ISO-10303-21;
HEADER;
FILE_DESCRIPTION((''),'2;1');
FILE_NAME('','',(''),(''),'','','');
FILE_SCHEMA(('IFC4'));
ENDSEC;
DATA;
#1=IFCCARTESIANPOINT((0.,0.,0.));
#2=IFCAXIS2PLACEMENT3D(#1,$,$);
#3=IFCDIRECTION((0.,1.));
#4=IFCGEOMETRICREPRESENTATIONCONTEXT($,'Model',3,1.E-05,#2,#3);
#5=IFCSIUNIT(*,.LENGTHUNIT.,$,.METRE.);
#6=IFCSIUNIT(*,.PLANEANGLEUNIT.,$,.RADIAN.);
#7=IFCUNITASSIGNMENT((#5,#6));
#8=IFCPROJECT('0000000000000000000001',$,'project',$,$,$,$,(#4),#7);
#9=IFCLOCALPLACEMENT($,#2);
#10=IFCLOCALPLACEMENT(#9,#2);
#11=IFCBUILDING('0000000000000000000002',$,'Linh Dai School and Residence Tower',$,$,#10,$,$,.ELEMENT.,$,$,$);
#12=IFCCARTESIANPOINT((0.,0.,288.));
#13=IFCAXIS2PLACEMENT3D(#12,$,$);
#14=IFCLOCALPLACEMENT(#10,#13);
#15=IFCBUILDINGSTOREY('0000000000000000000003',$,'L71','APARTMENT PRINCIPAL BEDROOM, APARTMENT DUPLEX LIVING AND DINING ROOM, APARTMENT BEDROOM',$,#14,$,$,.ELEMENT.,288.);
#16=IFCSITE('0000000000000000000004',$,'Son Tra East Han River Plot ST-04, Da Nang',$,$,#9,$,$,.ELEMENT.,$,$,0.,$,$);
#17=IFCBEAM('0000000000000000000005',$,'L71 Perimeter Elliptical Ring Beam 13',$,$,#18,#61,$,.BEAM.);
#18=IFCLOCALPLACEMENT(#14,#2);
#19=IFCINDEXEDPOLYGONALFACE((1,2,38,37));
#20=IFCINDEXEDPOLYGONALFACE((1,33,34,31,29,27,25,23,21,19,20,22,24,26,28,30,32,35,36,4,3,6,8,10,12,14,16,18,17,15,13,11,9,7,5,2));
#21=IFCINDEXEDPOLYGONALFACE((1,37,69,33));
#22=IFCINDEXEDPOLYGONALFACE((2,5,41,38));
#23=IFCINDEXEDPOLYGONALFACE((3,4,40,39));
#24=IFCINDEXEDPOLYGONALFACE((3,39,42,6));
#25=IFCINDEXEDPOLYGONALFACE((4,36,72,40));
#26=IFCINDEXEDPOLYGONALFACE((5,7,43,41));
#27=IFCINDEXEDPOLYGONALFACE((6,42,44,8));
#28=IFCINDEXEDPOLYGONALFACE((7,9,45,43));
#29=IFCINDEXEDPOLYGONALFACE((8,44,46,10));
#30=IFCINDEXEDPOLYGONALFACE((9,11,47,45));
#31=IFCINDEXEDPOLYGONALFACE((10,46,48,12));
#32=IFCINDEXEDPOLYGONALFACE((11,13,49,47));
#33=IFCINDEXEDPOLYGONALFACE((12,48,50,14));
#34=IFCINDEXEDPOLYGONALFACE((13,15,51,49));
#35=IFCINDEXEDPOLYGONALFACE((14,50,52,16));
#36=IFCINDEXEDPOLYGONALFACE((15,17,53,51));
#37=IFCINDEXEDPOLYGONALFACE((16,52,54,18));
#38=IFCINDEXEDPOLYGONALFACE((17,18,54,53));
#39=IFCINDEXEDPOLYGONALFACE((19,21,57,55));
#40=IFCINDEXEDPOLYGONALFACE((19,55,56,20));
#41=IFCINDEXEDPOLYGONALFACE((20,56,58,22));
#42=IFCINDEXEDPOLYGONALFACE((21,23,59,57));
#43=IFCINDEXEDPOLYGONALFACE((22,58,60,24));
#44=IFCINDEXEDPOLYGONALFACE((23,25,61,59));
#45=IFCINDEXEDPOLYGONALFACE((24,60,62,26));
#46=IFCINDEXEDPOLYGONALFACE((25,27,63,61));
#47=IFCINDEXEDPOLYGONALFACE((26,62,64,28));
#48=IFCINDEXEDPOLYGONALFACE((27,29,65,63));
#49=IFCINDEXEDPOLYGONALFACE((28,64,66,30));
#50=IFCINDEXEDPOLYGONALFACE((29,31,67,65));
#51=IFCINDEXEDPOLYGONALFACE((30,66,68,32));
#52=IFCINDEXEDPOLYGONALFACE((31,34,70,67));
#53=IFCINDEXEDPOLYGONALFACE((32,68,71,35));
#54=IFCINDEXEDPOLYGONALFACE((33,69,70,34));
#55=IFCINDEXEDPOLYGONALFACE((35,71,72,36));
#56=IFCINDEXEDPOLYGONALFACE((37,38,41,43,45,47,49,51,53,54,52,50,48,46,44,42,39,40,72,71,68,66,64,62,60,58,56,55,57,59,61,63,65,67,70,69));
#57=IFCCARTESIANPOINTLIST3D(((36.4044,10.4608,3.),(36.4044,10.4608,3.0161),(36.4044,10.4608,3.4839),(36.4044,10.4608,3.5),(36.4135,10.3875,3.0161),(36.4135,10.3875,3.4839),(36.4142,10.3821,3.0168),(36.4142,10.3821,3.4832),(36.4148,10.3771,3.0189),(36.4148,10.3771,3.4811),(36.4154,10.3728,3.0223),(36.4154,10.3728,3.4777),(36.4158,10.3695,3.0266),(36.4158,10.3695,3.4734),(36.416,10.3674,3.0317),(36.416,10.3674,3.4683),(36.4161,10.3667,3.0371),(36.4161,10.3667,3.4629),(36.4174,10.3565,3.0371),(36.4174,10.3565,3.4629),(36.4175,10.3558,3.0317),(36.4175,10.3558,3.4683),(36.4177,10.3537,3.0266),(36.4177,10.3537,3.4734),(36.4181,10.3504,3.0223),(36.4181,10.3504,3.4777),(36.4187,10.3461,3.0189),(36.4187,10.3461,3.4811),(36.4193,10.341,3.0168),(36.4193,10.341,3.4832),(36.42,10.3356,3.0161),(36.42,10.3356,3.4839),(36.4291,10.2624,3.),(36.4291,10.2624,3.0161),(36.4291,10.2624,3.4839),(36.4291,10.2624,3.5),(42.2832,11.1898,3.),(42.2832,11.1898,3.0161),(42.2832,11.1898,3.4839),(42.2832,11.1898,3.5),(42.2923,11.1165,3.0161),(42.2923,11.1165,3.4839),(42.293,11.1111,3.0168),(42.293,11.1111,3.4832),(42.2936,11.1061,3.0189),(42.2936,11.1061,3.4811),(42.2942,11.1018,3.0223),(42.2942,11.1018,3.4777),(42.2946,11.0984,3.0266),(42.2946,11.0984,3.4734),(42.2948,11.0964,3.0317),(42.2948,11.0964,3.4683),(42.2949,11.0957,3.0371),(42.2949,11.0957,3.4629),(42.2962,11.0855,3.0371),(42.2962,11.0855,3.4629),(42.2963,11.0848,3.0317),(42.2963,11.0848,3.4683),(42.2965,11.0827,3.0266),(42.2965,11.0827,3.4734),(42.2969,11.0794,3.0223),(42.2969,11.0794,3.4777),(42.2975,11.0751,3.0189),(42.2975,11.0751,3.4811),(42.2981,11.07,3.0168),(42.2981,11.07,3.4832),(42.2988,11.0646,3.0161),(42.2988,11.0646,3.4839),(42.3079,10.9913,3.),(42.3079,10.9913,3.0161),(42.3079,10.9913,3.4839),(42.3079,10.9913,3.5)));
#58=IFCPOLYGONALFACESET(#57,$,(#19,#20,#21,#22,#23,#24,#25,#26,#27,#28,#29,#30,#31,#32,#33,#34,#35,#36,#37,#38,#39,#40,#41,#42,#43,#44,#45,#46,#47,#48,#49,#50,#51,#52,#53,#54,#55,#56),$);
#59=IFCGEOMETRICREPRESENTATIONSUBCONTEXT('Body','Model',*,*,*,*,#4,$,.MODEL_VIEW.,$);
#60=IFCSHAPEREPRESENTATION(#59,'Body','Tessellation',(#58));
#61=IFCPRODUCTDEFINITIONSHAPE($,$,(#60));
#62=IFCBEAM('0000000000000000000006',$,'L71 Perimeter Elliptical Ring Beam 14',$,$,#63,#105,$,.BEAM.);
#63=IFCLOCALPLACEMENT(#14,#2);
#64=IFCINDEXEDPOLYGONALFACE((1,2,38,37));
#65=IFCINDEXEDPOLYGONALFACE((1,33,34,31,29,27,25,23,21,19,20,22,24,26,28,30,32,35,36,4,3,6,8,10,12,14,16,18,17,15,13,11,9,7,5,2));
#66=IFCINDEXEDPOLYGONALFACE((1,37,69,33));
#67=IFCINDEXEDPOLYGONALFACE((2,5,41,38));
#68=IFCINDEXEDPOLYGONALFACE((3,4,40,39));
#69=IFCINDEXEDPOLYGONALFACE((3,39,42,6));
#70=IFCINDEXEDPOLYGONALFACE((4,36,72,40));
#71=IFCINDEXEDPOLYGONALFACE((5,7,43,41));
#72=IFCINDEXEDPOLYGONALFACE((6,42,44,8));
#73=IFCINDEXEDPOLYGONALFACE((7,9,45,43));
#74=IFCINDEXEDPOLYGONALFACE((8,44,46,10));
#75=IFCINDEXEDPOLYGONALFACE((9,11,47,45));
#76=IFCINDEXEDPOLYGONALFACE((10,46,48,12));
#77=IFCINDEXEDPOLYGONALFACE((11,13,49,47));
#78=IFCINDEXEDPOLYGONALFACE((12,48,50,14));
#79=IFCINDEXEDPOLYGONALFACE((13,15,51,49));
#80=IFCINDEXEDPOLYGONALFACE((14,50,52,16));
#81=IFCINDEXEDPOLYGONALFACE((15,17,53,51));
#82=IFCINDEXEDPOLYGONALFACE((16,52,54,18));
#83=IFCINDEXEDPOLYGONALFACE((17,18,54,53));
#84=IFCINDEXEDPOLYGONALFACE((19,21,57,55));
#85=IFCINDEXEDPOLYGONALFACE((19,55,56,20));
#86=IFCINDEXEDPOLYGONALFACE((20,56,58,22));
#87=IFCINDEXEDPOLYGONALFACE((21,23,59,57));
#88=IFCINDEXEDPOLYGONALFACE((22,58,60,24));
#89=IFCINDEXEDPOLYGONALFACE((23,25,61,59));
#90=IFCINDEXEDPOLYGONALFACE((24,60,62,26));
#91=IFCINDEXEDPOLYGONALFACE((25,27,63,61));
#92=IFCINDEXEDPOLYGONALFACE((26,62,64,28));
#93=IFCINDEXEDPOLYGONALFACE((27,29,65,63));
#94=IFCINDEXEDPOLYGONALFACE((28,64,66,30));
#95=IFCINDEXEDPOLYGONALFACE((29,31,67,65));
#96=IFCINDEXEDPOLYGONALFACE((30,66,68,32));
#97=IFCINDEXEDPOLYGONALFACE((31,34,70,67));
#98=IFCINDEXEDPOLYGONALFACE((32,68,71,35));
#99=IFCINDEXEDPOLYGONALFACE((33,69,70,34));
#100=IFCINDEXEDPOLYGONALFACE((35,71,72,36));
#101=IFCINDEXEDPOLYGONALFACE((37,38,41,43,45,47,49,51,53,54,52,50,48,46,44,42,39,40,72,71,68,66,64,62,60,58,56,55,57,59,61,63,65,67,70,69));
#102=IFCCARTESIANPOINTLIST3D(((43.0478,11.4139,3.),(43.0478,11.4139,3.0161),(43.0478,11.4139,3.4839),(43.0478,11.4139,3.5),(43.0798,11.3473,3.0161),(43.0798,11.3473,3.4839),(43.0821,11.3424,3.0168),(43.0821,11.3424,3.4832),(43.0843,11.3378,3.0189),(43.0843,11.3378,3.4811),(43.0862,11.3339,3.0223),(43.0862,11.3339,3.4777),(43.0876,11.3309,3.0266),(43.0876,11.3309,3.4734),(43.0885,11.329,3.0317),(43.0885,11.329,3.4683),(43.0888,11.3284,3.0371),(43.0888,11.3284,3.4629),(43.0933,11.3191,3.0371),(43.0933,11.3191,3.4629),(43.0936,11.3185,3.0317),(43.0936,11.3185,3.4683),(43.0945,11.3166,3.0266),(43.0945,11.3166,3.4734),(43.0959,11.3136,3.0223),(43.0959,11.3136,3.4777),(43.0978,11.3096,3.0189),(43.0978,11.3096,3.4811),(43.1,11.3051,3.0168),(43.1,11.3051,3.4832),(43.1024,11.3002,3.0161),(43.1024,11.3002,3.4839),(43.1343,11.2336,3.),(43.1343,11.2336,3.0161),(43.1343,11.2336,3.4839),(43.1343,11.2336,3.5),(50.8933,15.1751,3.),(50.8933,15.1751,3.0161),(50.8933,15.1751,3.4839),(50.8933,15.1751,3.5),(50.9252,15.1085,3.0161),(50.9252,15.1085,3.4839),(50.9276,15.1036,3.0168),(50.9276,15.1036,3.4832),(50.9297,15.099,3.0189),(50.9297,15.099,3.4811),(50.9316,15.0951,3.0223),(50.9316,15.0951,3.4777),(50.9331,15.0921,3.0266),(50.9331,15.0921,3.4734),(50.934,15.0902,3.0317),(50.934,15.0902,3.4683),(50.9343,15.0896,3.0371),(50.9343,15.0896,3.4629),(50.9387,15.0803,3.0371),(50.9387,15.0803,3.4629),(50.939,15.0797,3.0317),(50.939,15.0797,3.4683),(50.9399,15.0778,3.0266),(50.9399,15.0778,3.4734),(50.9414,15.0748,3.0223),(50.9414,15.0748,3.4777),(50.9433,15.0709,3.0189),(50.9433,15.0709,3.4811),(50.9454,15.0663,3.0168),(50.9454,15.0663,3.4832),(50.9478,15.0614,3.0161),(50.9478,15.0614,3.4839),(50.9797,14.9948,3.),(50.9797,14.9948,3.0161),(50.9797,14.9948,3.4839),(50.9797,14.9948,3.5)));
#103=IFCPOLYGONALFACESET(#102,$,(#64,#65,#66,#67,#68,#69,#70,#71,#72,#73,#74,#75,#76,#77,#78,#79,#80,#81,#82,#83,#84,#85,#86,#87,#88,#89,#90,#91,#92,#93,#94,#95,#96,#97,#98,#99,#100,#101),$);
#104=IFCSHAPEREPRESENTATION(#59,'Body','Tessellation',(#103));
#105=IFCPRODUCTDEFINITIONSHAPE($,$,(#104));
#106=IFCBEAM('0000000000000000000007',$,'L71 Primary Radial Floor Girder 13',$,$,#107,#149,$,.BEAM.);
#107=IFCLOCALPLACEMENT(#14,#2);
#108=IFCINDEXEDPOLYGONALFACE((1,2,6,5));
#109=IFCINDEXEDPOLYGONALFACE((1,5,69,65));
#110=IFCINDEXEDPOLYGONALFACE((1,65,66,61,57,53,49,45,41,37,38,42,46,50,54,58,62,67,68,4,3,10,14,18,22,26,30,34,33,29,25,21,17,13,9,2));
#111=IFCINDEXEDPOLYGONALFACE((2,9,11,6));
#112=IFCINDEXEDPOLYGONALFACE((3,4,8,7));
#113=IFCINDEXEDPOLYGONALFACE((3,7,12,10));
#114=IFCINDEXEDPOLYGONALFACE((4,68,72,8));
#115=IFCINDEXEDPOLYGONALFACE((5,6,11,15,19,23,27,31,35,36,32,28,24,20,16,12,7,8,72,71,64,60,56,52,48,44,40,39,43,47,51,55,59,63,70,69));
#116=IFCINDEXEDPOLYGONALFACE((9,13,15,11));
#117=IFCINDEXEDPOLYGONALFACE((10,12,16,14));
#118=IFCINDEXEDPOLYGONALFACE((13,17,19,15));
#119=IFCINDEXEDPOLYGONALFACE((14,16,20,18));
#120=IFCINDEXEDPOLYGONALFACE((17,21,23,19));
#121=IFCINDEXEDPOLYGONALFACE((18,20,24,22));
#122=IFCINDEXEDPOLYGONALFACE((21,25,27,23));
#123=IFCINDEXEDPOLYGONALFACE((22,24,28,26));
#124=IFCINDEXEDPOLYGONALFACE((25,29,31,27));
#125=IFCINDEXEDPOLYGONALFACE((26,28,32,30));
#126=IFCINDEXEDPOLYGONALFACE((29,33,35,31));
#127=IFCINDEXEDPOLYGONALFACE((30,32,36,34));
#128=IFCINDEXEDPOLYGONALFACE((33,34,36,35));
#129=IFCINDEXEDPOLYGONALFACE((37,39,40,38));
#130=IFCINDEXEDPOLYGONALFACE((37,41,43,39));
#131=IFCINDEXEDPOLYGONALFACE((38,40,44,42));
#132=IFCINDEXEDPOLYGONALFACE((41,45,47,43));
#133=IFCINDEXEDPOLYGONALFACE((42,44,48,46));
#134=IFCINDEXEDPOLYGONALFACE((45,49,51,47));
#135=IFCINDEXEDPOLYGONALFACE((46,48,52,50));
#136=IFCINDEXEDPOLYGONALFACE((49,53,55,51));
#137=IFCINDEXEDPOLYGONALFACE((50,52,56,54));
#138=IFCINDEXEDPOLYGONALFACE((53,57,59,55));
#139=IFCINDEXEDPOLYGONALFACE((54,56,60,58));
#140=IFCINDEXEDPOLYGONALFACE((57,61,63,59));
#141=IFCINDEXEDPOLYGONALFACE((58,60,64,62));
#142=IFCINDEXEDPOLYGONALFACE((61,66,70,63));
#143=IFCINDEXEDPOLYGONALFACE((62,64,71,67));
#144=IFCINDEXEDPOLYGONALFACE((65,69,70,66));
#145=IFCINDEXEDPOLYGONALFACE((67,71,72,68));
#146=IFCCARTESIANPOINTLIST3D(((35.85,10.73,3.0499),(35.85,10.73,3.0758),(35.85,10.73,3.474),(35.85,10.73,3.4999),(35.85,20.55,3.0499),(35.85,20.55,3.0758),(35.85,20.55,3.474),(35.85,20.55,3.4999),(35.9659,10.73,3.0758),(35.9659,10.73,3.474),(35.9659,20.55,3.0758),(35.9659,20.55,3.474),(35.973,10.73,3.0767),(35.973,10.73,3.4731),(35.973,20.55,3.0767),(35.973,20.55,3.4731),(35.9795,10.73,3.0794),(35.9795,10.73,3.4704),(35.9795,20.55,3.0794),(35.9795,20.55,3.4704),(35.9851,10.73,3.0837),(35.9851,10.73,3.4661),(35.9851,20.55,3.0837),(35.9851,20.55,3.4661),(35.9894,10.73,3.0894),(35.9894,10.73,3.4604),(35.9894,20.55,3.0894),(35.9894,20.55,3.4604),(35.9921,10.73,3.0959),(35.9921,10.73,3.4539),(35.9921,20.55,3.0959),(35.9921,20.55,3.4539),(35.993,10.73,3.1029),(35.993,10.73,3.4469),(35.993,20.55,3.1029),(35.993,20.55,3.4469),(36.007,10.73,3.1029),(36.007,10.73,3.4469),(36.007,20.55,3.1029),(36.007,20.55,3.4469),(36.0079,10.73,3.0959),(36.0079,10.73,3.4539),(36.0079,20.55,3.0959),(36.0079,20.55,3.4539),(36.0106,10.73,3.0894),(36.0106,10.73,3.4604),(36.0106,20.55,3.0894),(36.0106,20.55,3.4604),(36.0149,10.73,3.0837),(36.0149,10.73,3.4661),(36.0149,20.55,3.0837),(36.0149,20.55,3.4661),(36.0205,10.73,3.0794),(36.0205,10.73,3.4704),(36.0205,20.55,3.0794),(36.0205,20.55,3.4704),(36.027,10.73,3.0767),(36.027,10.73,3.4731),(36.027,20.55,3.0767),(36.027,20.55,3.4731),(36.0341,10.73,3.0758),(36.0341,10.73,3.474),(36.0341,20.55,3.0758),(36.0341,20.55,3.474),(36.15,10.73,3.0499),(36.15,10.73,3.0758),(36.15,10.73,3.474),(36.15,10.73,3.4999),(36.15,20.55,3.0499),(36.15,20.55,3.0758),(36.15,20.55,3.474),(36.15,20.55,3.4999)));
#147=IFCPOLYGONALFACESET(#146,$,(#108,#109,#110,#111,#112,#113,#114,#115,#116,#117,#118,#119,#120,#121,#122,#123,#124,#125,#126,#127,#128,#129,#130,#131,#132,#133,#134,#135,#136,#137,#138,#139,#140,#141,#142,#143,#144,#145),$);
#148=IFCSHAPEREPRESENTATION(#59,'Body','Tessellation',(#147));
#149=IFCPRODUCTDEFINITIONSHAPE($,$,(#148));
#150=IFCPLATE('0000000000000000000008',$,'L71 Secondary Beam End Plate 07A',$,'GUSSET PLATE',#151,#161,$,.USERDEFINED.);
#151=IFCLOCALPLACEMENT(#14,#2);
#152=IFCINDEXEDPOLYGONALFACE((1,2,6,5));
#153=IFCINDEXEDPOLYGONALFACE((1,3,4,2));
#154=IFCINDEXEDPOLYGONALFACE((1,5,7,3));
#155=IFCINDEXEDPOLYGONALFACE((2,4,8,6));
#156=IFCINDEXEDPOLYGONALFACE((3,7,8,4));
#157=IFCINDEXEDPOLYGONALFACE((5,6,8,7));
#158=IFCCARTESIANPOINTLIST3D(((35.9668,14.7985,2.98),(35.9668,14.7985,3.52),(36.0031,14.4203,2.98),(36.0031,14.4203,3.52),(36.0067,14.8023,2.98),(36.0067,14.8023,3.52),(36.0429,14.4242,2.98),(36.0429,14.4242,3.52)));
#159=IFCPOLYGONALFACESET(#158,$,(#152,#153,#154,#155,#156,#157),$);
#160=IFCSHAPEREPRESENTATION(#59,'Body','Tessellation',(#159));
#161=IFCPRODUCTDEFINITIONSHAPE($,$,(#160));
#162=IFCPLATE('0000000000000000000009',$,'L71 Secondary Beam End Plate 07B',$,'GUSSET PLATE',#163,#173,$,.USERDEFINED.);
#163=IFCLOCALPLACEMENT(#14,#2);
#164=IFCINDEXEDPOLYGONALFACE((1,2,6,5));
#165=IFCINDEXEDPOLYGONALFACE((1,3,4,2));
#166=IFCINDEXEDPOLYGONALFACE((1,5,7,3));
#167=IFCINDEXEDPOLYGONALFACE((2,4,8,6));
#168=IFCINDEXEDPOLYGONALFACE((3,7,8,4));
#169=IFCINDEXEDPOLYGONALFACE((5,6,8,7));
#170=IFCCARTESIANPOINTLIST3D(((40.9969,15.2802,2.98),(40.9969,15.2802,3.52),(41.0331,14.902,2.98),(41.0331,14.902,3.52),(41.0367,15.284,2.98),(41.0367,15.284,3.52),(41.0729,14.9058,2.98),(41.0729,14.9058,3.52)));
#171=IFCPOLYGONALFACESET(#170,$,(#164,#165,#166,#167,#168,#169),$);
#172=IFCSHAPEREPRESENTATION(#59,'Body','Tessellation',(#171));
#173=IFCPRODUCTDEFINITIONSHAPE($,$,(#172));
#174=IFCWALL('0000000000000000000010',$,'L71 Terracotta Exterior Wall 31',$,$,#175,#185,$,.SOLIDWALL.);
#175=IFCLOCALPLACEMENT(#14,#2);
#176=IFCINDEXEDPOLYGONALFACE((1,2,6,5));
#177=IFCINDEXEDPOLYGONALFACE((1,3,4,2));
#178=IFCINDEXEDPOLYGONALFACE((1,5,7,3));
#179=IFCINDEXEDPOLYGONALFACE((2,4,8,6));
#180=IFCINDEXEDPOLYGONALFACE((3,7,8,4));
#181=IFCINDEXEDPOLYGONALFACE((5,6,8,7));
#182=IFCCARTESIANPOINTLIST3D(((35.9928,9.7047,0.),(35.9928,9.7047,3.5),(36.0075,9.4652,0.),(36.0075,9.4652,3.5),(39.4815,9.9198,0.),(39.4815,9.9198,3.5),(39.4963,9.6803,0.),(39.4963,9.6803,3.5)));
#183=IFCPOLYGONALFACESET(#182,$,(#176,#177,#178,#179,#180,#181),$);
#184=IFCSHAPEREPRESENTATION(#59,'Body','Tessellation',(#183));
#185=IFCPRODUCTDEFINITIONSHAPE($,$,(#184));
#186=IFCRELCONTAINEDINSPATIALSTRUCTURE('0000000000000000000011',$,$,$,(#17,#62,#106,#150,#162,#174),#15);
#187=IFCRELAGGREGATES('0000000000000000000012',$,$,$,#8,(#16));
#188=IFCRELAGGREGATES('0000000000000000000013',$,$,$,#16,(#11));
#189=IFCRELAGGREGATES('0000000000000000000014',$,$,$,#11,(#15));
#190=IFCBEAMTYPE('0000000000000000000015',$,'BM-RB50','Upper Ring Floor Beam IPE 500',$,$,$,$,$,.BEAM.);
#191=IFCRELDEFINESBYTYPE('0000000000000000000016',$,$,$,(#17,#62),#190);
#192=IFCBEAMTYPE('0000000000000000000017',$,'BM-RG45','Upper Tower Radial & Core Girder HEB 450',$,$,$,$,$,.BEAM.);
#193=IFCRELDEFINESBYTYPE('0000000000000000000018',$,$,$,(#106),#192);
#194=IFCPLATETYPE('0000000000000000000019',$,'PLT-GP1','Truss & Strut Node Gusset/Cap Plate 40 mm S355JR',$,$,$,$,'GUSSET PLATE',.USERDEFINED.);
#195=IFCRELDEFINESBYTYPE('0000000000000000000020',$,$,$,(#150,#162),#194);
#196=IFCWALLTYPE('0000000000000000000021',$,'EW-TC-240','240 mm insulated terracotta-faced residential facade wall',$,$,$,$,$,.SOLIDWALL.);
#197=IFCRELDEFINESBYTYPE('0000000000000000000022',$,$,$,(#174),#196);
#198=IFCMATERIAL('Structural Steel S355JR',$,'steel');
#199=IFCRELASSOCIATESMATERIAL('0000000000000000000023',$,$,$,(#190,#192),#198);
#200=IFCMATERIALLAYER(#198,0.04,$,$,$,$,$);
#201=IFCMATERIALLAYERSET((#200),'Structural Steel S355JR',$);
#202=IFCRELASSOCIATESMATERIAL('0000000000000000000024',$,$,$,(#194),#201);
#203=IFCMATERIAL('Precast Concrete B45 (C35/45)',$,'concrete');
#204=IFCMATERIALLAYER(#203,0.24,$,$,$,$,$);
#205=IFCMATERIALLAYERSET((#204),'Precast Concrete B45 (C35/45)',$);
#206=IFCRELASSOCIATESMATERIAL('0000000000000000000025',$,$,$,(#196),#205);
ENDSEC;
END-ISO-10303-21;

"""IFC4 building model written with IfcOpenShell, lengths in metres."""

from ifc_helpers import new_model, si_unit, direction, frame, frame_2d, origin, origin_2d, place, context, subcontext, project, spatial, rectangle, i_section, extrude, source, transform, mapped, material, layer, layer_set, material_profile, profile_set, type_object, element, save


model = new_model("IFC4")

# Units and contexts
model_context = context("Model", 3, precision=1e-05, world=origin(), true_north=direction((0.0, 1.0)))
body_context = subcontext(model_context, "Body", "Model", "MODEL_VIEW")
ifc_project = project(units=[si_unit("LENGTHUNIT", "METRE"), si_unit("PLANEANGLEUNIT", "RADIAN")], contexts=[model_context])

# Site, building, storey
site_placement = place(None, origin())
site = spatial("IfcSite", under=ifc_project, at=site_placement, Name="Son Tra East Han River Plot ST-04, Da Nang", CompositionType="ELEMENT", RefElevation=0.0)
building_placement = place(site_placement, origin())
building = spatial("IfcBuilding", under=site, at=building_placement, Name="Linh Dai School and Residence Tower", CompositionType="ELEMENT")
storey_placement = place(building_placement, frame((0.0, 0.0, 288.0)))
storey = spatial("IfcBuildingStorey", under=building, at=storey_placement, Name="L71", Description="APARTMENT PRINCIPAL BEDROOM, APARTMENT DUPLEX LIVING AND DINING ROOM, APARTMENT BEDROOM", CompositionType="ELEMENT", Elevation=288.0)

# Shared definitions
ifc_material_1 = material(Name="Structural Steel S355JR", Category="steel")

# Beams
ifc_material_profile_1 = material_profile(ifc_material_1, i_section(OverallWidth=0.2, OverallDepth=0.5, WebThickness=0.0103, FlangeThickness=0.0161, FilletRadius=0.021, at=origin_2d()), Name="IPE 500")
ifc_profile_set_1 = profile_set([ifc_material_profile_1], Name="Structural Steel S355JR")
beam_type_1 = type_object("IfcBeamType", Name="BM-RB50", Description="Upper Ring Floor Beam IPE 500", PredefinedType="BEAM", material=ifc_profile_set_1)
beam_1_placement = place(storey_placement, frame((36.4167, 10.3616, 3.25), z_axis=(0.992399, 0.123061, 0.0), x_axis=(-0.123061, 0.992399, 0.0)))
element("IfcBeam", 1, at=beam_1_placement, inside=storey, type_object=beam_type_1, Name="L71 Perimeter Elliptical Ring Beam 13", PredefinedType="BEAM", context=body_context, shape_type="SweptSolid", body=[
    extrude(i_section(OverallWidth=0.2, OverallDepth=0.5, WebThickness=0.0103, FlangeThickness=0.0161, FilletRadius=0.021, at=origin_2d()), origin(), (0.0, 0.0, 1.0), 5.9238),
])
beam_2_placement = place(storey_placement, frame((43.0911, 11.3237, 3.25), z_axis=(0.901729, 0.432302, 0.0), x_axis=(-0.432302, 0.901729, 0.0)))
element("IfcBeam", 2, at=beam_2_placement, inside=storey, type_object=beam_type_1, Name="L71 Perimeter Elliptical Ring Beam 14", PredefinedType="BEAM", context=body_context, shape_type="SweptSolid", body=[
    extrude(i_section(OverallWidth=0.2, OverallDepth=0.5, WebThickness=0.0103, FlangeThickness=0.0161, FilletRadius=0.021, at=origin_2d()), origin(), (0.0, 0.0, 1.0), 8.7004),
])
ifc_material_profile_2 = material_profile(ifc_material_1, i_section(OverallWidth=0.3, OverallDepth=0.45, WebThickness=0.0139, FlangeThickness=0.0259, FilletRadius=0.0271, at=origin_2d()), Name="HEB 450")
ifc_profile_set_2 = profile_set([ifc_material_profile_2], Name="Structural Steel S355JR")
beam_type_2 = type_object("IfcBeamType", Name="BM-RG45", Description="Upper Tower Radial & Core Girder HEB 450", PredefinedType="BEAM", material=ifc_profile_set_2)
beam_3_placement = place(storey_placement, frame((36.0, 20.55, 3.2749), z_axis=(0.0, -1.0, 0.0), x_axis=(1.0, 0.0, 0.0)))
element("IfcBeam", 3, at=beam_3_placement, inside=storey, type_object=beam_type_2, Name="L71 Primary Radial Floor Girder 13", PredefinedType="BEAM", context=body_context, shape_type="SweptSolid", body=[
    extrude(i_section(OverallWidth=0.3, OverallDepth=0.45, WebThickness=0.0139, FlangeThickness=0.0259, FilletRadius=0.0271, at=origin_2d()), origin(), (0.0, 0.0, 1.0), 9.8201),
])

# Plates
ifc_layer_1 = layer(ifc_material_1, 0.04)
ifc_layer_set_1 = layer_set([ifc_layer_1], Name="Structural Steel S355JR")
plate_type = type_object("IfcPlateType", Name="PLT-GP1", Description="Truss & Strut Node Gusset/Cap Plate 40 mm S355JR", ElementType="GUSSET PLATE", PredefinedType="USERDEFINED", material=ifc_layer_set_1)
shared_shape_1 = source(origin(), body_context, "Body", "SweptSolid", [
    extrude(rectangle(XDim=0.04, YDim=0.3799, at=origin_2d()), origin(), (0.0, 0.0, 1.0), 0.54),
])
for number, where, z_axis, x_axis, name in (
    (4, (36.0049, 14.6113, 2.98), (0.0, 0.0, 1.0), (0.995445, 0.095338, 0.0), "L71 Secondary Beam End Plate 07A"),
    (5, (41.0349, 15.093, 2.98), (0.0, 0.0, 1.0), (0.995445, 0.095338, 0.0), "L71 Secondary Beam End Plate 07B"),
):
    element("IfcPlate", number, at=place(storey_placement, frame(where, z_axis=z_axis, x_axis=x_axis)), inside=storey, type_object=plate_type, Name=name, ObjectType="GUSSET PLATE", PredefinedType="USERDEFINED", context=body_context, shape_type="MappedRepresentation", body=[
        mapped(shared_shape_1, transform((0.0, 0.0, 0.0), x_axis=(1.0, 0.0, 0.0), y_axis=(0.0, 1.0, 0.0), z_axis=(0.0, 0.0, 1.0), scale=1.0)),
    ])

# Shared definitions
ifc_material_2 = material(Name="Precast Concrete B45 (C35/45)", Category="concrete")
ifc_layer_2 = layer(ifc_material_2, 0.24)
ifc_layer_set_2 = layer_set([ifc_layer_2], Name="Precast Concrete B45 (C35/45)")
wall_type_1 = type_object("IfcWallType", Name="EW-TC-240", Description="240 mm insulated terracotta-faced residential facade wall", PredefinedType="SOLIDWALL", material=ifc_layer_set_2)

# Wall
wall_1_placement = place(storey_placement, frame((39.4888, 9.8, 0.0), z_axis=(0.0, 0.0, 1.0), x_axis=(-0.998105, -0.061535, 0.0)))
element("IfcWall", 6, at=wall_1_placement, inside=storey, type_object=wall_type_1, Name="L71 Terracotta Exterior Wall 31", PredefinedType="SOLIDWALL", context=body_context, shape_type="SweptSolid", body=[
    extrude(rectangle(XDim=3.4954, YDim=0.24, at=frame_2d((1.7476, 0.0))), origin(), (0.0, 0.0, 1.0), 3.5),
])

save(model, "model.ifc")
